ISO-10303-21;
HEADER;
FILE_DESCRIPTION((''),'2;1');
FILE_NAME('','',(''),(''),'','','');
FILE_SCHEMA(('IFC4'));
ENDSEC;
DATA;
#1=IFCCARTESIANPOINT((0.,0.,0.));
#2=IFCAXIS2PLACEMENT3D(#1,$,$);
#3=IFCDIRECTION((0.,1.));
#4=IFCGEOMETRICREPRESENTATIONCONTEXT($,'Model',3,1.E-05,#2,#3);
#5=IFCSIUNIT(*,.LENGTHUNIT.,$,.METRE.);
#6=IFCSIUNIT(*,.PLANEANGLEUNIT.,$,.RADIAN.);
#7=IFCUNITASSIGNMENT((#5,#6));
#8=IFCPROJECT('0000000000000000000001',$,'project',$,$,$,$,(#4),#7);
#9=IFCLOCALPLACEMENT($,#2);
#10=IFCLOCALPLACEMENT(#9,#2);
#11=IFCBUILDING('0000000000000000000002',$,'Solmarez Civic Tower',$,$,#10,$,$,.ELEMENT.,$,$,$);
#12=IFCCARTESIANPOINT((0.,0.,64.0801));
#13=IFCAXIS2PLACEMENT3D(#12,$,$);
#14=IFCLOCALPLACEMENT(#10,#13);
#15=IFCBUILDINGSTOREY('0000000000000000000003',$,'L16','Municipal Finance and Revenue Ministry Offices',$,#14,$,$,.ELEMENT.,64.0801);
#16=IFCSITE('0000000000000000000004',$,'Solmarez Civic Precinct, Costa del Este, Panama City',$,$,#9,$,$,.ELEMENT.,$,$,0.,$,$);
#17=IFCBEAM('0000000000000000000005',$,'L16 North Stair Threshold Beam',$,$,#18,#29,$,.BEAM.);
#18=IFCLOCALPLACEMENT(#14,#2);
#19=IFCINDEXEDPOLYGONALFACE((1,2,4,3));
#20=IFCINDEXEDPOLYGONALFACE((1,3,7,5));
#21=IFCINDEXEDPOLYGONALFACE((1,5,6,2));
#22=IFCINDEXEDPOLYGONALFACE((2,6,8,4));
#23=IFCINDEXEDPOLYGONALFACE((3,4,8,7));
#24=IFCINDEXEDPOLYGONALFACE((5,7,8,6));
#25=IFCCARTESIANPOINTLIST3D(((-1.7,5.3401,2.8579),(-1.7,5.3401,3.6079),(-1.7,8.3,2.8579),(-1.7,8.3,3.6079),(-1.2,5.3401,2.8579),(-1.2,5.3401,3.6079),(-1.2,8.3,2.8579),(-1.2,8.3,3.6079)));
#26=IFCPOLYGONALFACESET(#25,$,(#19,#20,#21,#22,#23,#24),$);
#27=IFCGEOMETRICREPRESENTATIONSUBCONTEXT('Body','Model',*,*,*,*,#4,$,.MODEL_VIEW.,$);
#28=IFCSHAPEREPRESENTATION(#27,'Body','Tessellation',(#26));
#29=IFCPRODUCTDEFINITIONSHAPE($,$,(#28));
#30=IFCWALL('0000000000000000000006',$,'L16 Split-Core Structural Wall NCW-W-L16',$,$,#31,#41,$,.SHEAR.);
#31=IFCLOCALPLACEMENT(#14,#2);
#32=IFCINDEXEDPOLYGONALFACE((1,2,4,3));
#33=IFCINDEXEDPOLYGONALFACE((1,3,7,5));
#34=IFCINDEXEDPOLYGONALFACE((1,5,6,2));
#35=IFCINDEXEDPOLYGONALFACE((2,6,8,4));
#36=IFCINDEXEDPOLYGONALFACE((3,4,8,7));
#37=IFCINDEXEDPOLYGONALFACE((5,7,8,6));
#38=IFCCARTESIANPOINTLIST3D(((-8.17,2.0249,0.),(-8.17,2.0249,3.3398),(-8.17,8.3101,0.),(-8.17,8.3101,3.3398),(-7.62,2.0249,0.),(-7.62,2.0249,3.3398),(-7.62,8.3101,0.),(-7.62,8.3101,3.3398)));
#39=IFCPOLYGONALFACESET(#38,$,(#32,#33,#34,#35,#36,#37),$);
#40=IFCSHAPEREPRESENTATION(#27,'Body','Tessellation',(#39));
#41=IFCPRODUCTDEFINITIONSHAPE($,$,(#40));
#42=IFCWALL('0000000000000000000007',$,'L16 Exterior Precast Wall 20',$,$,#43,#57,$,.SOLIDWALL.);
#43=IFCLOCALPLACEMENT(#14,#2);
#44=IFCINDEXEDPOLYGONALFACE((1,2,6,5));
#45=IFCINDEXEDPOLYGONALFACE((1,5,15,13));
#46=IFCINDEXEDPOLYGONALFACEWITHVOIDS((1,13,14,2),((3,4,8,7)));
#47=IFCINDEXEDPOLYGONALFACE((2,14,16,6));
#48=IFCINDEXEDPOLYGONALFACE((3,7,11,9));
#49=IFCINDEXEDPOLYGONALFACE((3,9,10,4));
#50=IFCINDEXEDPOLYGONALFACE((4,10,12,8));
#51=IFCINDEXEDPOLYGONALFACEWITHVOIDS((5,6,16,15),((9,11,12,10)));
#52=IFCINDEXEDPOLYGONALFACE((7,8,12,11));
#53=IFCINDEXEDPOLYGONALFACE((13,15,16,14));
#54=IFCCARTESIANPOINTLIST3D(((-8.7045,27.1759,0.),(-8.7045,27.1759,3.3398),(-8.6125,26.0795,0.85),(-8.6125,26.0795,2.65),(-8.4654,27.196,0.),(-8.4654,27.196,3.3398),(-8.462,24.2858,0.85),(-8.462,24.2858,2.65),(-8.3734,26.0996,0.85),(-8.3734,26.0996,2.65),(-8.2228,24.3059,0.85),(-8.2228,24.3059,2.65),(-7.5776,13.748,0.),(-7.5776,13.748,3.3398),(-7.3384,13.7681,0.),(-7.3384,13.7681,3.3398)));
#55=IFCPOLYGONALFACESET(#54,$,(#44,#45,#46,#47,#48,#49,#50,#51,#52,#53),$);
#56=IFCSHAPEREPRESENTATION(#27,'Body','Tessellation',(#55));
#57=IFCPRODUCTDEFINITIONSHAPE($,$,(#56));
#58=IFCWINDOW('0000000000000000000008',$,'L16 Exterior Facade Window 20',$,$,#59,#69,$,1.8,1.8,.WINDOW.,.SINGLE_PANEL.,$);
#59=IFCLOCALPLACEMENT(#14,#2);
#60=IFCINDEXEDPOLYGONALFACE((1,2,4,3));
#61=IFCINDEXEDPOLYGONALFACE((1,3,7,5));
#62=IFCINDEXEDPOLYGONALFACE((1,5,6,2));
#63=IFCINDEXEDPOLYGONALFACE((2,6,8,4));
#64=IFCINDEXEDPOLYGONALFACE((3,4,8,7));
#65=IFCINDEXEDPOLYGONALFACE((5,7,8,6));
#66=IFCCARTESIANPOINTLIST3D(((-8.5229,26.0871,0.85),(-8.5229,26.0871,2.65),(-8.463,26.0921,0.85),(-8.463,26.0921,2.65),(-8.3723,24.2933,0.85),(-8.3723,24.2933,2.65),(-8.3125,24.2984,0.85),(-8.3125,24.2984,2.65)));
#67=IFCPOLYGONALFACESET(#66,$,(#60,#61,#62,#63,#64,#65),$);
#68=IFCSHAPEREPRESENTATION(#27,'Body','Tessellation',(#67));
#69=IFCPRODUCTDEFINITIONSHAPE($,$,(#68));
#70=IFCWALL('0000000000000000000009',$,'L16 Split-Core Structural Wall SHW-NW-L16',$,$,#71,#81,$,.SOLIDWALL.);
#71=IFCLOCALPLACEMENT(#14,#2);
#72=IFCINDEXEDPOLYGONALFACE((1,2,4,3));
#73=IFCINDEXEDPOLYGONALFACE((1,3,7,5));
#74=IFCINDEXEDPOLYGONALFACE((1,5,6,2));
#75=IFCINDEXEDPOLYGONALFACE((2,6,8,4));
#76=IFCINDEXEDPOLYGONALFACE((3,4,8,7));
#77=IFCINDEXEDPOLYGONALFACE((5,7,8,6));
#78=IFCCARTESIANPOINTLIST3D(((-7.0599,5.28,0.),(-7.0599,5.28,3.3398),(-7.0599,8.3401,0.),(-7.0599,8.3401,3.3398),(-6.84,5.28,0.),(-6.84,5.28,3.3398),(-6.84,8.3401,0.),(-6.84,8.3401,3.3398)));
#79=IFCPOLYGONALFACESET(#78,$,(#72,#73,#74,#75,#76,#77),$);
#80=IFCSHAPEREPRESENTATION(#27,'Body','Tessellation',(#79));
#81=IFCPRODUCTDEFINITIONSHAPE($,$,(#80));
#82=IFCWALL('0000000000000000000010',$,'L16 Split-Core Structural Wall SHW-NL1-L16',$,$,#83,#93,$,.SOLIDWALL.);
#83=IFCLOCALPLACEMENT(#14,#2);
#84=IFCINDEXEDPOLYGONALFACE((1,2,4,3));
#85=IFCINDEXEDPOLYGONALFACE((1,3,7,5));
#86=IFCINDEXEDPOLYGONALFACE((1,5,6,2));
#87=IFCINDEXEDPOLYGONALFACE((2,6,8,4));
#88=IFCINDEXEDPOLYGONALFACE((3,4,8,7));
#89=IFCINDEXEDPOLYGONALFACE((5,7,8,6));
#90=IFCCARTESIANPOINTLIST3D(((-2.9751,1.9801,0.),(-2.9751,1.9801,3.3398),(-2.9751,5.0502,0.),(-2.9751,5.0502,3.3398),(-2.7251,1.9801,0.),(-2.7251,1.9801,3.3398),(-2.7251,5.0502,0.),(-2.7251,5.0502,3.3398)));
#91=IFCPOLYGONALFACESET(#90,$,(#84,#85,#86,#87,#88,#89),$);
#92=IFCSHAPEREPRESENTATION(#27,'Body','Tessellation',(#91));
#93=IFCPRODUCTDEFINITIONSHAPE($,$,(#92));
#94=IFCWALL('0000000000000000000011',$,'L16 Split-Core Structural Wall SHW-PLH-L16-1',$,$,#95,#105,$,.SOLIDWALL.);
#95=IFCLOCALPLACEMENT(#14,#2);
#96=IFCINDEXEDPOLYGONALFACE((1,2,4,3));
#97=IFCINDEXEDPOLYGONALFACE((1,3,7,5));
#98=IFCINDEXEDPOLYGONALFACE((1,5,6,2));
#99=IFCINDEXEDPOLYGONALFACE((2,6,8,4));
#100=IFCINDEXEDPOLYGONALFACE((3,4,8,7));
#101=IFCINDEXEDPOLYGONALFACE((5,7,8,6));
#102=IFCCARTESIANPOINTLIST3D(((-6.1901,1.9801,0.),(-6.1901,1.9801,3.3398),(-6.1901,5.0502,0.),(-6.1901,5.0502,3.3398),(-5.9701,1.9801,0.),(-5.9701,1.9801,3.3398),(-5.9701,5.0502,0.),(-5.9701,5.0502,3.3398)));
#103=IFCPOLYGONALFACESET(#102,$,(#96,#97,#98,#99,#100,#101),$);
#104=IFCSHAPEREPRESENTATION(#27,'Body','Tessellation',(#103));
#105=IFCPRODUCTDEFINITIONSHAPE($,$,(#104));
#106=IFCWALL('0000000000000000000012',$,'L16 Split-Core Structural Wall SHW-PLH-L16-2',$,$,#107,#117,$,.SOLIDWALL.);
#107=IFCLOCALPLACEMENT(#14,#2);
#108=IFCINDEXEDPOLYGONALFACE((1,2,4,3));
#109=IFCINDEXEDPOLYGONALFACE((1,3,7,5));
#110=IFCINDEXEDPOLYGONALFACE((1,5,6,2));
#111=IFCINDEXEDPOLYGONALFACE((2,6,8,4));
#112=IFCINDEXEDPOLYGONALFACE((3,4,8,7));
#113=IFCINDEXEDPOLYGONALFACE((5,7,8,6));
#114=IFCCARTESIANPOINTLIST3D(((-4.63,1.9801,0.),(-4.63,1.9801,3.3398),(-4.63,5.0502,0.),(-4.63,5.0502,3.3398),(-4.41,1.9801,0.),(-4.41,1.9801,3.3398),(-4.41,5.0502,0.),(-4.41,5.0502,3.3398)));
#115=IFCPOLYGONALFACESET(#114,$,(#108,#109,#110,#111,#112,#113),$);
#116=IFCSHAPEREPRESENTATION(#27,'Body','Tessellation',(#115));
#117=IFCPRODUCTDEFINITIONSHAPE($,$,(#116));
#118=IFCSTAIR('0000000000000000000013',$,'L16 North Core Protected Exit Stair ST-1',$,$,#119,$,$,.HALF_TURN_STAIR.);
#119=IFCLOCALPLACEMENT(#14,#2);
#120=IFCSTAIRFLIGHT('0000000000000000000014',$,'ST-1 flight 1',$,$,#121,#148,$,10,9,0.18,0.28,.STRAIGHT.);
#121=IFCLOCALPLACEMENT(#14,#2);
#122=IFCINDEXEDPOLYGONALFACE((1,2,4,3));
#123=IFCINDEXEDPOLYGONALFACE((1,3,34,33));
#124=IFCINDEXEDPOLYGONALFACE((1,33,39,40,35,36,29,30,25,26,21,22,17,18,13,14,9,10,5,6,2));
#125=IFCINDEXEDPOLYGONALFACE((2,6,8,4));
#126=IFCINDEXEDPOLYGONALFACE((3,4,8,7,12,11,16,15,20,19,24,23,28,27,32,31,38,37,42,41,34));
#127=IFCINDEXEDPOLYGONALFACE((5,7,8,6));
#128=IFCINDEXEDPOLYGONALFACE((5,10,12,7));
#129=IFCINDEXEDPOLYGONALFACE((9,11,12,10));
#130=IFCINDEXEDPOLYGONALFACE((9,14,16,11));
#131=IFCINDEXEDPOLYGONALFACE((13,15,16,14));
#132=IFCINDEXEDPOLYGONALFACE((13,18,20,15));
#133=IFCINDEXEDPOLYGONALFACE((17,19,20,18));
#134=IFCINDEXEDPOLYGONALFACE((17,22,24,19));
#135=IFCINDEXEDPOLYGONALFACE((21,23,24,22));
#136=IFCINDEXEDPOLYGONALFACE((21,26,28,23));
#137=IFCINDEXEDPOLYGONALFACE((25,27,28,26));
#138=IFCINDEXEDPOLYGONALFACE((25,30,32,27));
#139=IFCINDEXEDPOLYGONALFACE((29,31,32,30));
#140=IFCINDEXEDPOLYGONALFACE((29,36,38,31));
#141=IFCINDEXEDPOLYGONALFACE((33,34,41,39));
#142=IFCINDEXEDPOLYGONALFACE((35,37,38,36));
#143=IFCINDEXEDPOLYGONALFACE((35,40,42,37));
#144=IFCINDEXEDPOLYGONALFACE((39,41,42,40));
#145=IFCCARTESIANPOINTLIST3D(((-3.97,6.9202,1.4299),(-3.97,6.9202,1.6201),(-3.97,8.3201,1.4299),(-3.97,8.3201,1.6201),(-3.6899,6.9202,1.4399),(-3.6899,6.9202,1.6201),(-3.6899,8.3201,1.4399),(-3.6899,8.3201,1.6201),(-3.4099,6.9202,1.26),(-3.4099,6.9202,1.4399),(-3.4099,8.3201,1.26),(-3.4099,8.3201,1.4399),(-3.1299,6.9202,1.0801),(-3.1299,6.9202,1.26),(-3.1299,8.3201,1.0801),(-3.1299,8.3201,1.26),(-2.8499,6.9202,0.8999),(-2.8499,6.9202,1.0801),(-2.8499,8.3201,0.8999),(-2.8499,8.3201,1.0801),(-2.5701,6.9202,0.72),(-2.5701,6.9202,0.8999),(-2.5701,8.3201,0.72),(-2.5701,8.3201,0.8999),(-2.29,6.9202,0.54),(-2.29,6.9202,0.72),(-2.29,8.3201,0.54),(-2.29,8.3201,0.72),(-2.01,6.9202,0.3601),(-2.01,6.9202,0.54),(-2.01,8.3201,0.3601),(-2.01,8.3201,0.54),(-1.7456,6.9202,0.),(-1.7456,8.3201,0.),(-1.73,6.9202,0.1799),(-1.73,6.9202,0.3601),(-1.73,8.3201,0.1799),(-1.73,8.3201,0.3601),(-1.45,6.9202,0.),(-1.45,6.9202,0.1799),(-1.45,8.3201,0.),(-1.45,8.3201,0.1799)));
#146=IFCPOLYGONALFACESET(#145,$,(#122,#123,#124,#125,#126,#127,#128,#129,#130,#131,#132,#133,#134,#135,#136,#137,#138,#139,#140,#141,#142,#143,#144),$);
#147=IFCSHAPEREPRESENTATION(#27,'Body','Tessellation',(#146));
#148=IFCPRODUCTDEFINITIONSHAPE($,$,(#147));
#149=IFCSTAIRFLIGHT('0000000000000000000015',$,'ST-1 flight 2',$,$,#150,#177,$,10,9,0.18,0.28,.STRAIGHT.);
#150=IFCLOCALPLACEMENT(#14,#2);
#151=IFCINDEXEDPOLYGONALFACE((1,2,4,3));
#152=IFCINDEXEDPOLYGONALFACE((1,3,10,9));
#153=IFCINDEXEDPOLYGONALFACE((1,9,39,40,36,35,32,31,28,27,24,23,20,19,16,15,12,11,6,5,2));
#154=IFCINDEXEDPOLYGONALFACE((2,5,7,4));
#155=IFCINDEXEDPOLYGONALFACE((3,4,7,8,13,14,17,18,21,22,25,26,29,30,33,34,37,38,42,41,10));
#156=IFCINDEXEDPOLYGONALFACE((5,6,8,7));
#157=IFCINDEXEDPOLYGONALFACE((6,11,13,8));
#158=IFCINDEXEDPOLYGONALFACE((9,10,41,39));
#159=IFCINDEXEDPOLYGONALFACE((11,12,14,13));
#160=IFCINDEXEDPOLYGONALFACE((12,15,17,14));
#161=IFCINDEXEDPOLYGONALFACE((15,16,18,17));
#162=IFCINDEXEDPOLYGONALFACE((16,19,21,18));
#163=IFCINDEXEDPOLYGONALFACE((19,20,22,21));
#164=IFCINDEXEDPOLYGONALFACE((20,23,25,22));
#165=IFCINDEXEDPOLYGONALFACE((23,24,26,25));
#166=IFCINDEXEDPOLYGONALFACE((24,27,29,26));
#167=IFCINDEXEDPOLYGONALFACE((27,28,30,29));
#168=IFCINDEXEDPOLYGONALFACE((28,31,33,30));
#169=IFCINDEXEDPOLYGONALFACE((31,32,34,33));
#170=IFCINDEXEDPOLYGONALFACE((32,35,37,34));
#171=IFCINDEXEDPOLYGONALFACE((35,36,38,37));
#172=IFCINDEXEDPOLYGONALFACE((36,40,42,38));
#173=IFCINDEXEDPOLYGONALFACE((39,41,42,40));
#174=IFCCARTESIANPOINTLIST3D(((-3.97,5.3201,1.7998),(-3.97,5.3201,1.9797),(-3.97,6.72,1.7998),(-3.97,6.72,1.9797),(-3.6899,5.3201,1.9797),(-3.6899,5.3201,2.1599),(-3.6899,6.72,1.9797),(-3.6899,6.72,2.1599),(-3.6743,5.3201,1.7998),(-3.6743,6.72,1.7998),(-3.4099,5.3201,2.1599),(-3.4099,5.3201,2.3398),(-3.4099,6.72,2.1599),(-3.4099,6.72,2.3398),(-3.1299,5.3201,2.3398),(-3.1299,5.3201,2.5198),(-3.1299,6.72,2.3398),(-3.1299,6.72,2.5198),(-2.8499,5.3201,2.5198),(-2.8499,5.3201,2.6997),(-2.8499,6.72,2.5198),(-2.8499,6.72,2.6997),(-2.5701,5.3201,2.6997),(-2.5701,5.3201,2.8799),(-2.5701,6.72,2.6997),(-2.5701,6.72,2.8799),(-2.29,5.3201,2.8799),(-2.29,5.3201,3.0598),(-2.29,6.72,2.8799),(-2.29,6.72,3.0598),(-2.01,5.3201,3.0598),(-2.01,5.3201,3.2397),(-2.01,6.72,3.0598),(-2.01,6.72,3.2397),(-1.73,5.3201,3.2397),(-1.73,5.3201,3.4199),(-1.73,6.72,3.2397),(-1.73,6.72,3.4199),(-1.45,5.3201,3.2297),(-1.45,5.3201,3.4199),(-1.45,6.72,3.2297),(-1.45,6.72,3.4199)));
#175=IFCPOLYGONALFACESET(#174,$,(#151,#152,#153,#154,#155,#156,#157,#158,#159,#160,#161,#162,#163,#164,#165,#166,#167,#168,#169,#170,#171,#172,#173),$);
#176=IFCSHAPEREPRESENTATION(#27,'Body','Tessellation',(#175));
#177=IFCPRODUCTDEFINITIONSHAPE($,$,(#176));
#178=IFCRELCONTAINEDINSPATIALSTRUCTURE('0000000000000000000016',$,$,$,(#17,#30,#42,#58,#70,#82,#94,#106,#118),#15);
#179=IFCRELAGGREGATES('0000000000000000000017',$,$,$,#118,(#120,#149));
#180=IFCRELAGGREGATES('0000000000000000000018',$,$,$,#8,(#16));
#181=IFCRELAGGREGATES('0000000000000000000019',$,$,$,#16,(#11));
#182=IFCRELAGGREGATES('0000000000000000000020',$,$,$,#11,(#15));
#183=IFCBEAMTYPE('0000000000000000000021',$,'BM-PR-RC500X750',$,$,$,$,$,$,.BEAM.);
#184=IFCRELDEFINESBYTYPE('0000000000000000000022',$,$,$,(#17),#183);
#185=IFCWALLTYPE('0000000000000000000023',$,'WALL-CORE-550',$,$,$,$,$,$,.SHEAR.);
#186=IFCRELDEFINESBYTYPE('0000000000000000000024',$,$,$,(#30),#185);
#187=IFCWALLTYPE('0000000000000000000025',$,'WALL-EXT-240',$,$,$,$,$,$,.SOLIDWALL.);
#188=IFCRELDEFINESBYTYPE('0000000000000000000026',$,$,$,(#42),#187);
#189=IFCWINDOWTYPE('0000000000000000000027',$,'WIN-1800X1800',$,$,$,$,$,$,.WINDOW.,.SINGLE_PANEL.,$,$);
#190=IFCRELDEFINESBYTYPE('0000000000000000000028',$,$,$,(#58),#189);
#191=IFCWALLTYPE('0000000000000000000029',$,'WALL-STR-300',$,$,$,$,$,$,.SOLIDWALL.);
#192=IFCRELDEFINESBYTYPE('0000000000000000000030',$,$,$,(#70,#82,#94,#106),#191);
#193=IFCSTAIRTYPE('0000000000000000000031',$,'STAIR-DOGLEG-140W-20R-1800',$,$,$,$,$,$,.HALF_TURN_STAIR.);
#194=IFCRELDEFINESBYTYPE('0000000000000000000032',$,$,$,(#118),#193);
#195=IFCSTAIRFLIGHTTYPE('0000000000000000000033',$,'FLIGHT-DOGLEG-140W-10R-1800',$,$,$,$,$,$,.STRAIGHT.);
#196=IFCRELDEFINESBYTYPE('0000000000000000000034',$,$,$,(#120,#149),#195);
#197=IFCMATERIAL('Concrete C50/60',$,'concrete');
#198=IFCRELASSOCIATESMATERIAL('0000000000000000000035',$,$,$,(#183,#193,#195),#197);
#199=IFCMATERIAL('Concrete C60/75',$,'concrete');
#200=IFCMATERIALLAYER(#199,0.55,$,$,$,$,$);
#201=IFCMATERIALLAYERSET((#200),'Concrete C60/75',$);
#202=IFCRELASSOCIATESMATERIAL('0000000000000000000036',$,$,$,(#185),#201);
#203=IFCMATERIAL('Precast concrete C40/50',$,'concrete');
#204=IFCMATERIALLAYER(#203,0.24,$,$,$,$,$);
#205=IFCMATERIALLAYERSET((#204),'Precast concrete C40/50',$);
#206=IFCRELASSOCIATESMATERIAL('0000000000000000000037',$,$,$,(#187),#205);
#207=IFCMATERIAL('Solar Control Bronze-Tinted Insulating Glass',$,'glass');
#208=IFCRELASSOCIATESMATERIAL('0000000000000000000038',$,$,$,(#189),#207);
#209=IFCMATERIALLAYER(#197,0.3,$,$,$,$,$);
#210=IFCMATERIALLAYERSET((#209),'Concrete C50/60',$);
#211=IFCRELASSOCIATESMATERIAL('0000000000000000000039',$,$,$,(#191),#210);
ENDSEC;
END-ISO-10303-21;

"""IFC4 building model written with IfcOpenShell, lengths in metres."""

from ifc_helpers import new_model, si_unit, direction, frame, frame_2d, origin, origin_2d, place, context, subcontext, project, spatial, polyline, rectangle, outline, extrude, material, layer, layer_set, material_profile, profile_set, type_object, element, fill, aggregate, save


model = new_model("IFC4")

# Units and contexts
model_context = context("Model", 3, precision=1e-05, world=origin(), true_north=direction((0.0, 1.0)))
body_context = subcontext(model_context, "Body", "Model", "MODEL_VIEW")
ifc_project = project(units=[si_unit("LENGTHUNIT", "METRE"), si_unit("PLANEANGLEUNIT", "RADIAN")], contexts=[model_context])

# Site, building, storey
site_placement = place(None, origin())
site = spatial("IfcSite", under=ifc_project, at=site_placement, Name="Solmarez Civic Precinct, Costa del Este, Panama City", CompositionType="ELEMENT", RefElevation=0.0)
building_placement = place(site_placement, origin())
building = spatial("IfcBuilding", under=site, at=building_placement, Name="Solmarez Civic Tower", CompositionType="ELEMENT")
storey_placement = place(building_placement, frame((0.0, 0.0, 64.0801)))
storey = spatial("IfcBuildingStorey", under=building, at=storey_placement, Name="L16", Description="Municipal Finance and Revenue Ministry Offices", CompositionType="ELEMENT", Elevation=64.0801)

# Beam
ifc_material_1 = material(Name="Concrete C50/60", Category="concrete")
ifc_material_profile = material_profile(ifc_material_1, rectangle(XDim=0.5, YDim=0.75, at=origin_2d()), Name="RC500X750")
ifc_profile_set = profile_set([ifc_material_profile], Name="Concrete C50/60")
beam_type = type_object("IfcBeamType", Name="BM-PR-RC500X750", PredefinedType="BEAM", material=ifc_profile_set)
beam_placement = place(storey_placement, frame((-1.45, 5.3401, 3.2329), z_axis=(0.0, 1.0, 0.0), x_axis=(-1.0, 0.0, 0.0)))
element("IfcBeam", 1, at=beam_placement, inside=storey, type_object=beam_type, Name="L16 North Stair Threshold Beam", PredefinedType="BEAM", context=body_context, shape_type="SweptSolid", body=[
    extrude(rectangle(XDim=0.5, YDim=0.75, at=origin_2d()), origin(), (0.0, 0.0, 1.0), 2.96),
])

# Wall
ifc_material_2 = material(Name="Concrete C60/75", Category="concrete")
ifc_layer_1 = layer(ifc_material_2, 0.55)
ifc_layer_set_1 = layer_set([ifc_layer_1], Name="Concrete C60/75")
wall_type_1 = type_object("IfcWallType", Name="WALL-CORE-550", PredefinedType="SHEAR", material=ifc_layer_set_1)
wall_1_placement = place(storey_placement, frame((-7.895, 2.0249, 0.0), z_axis=(0.0, 0.0, 1.0), x_axis=(0.0, 1.0, 0.0)))
element("IfcWall", 2, at=wall_1_placement, inside=storey, type_object=wall_type_1, Name="L16 Split-Core Structural Wall NCW-W-L16", PredefinedType="SHEAR", context=body_context, shape_type="SweptSolid", body=[
    extrude(rectangle(XDim=6.2852, YDim=0.55, at=frame_2d((3.1426, 0.0))), origin(), (0.0, 0.0, 1.0), 3.3398),
])

# Wall, opening, window
ifc_material_3 = material(Name="Precast concrete C40/50", Category="concrete")
ifc_layer_2 = layer(ifc_material_3, 0.24)
ifc_layer_set_2 = layer_set([ifc_layer_2], Name="Precast concrete C40/50")
wall_type_2 = type_object("IfcWallType", Name="WALL-EXT-240", PredefinedType="SOLIDWALL", material=ifc_layer_set_2)
wall_2_placement = place(storey_placement, frame((-7.458, 13.7581, 0.0), z_axis=(0.0, 0.0, 1.0), x_axis=(-0.083632, 0.996497, 0.0)))
wall_2 = element("IfcWall", 3, at=wall_2_placement, inside=storey, type_object=wall_type_2, Name="L16 Exterior Precast Wall 20", PredefinedType="SOLIDWALL", context=body_context, shape_type="SweptSolid", body=[
    extrude(rectangle(XDim=13.4751, YDim=0.24, at=frame_2d((6.7375, 0.0))), origin(), (0.0, 0.0, 1.0), 3.3398),
])
opening_placement = place(wall_2_placement, frame((10.575, 0.0, 0.8501)))
opening = element("IfcOpeningElement", 4, at=opening_placement, cuts=wall_2, PredefinedType="OPENING", context=body_context, shape_type="SweptSolid", body=[
    extrude(rectangle(XDim=1.8, YDim=1.8, at=frame_2d((0.8999, 0.8999))), frame((0.0, 0.1299, 0.0), z_axis=(0.0, -1.0, 0.0), x_axis=(1.0, 0.0, 0.0)), (0.0, 0.0, 1.0), 0.26),
])
ifc_material_4 = material(Name="Solar Control Bronze-Tinted Insulating Glass", Category="glass")
window_type = type_object("IfcWindowType", Name="WIN-1800X1800", PartitioningType="SINGLE_PANEL", PredefinedType="WINDOW", material=ifc_material_4)
window_placement = place(opening_placement, origin())
window = element("IfcWindow", 5, at=window_placement, inside=storey, type_object=window_type, Name="L16 Exterior Facade Window 20", OverallHeight=1.8, OverallWidth=1.8, PartitioningType="SINGLE_PANEL", PredefinedType="WINDOW", context=body_context, shape_type="SweptSolid", body=[
    extrude(rectangle(XDim=1.8, YDim=1.8, at=frame_2d((0.8999, 0.8999))), frame((0.0, 0.03, 0.0), z_axis=(0.0, -1.0, 0.0), x_axis=(1.0, 0.0, 0.0)), (0.0, 0.0, 1.0), 0.0601),
])
fill(opening, window)

# Walls
ifc_layer_3 = layer(ifc_material_1, 0.3)
ifc_layer_set_3 = layer_set([ifc_layer_3], Name="Concrete C50/60")
wall_type_3 = type_object("IfcWallType", Name="WALL-STR-300", PredefinedType="SOLIDWALL", material=ifc_layer_set_3)
wall_3_placement = place(storey_placement, frame((-6.95, 5.28, 0.0), z_axis=(0.0, 0.0, 1.0), x_axis=(0.0, 1.0, 0.0)))
element("IfcWall", 6, at=wall_3_placement, inside=storey, type_object=wall_type_3, Name="L16 Split-Core Structural Wall SHW-NW-L16", PredefinedType="SOLIDWALL", context=body_context, shape_type="SweptSolid", body=[
    extrude(rectangle(XDim=3.0601, YDim=0.22, at=frame_2d((1.53, 0.0))), origin(), (0.0, 0.0, 1.0), 3.3398),
])
wall_4_placement = place(storey_placement, frame((-2.8501, 1.98, 0.0), z_axis=(0.0, 0.0, 1.0), x_axis=(0.0, 1.0, 0.0)))
element("IfcWall", 7, at=wall_4_placement, inside=storey, type_object=wall_type_3, Name="L16 Split-Core Structural Wall SHW-NL1-L16", PredefinedType="SOLIDWALL", context=body_context, shape_type="SweptSolid", body=[
    extrude(rectangle(XDim=3.0701, YDim=0.25, at=frame_2d((1.5352, 0.0))), origin(), (0.0, 0.0, 1.0), 3.3398),
])
for number, where, z_axis, x_axis, name in (
    (8, (-6.0801, 1.98, 0.0), (0.0, 0.0, 1.0), (0.0, 1.0, 0.0), "L16 Split-Core Structural Wall SHW-PLH-L16-1"),
    (9, (-4.52, 1.98, 0.0), (0.0, 0.0, 1.0), (0.0, 1.0, 0.0), "L16 Split-Core Structural Wall SHW-PLH-L16-2"),
):
    element("IfcWall", number, at=place(storey_placement, frame(where, z_axis=z_axis, x_axis=x_axis)), inside=storey, type_object=wall_type_3, Name=name, PredefinedType="SOLIDWALL", context=body_context, shape_type="SweptSolid", body=[
        extrude(rectangle(XDim=3.0701, YDim=0.22, at=frame_2d((1.5352, 0.0))), origin(), (0.0, 0.0, 1.0), 3.3398),
    ])

# Stair, stair flights
stair_type = type_object("IfcStairType", Name="STAIR-DOGLEG-140W-20R-1800", PredefinedType="HALF_TURN_STAIR", material=ifc_material_1)
stair_placement = place(storey_placement, origin())
stair = element("IfcStair", 10, at=stair_placement, inside=storey, type_object=stair_type, Name="L16 North Core Protected Exit Stair ST-1", PredefinedType="HALF_TURN_STAIR")
stair_flight_type = type_object("IfcStairFlightType", Name="FLIGHT-DOGLEG-140W-10R-1800", PredefinedType="STRAIGHT", material=ifc_material_1)
stair_flight_1_placement = place(storey_placement, frame((-1.45, 7.6201, 0.0), z_axis=(0.0, 0.0, 1.0), x_axis=(-1.0, 0.0, 0.0)))
stair_flight_1 = element("IfcStairFlight", 11, at=stair_flight_1_placement, type_object=stair_flight_type, Name="ST-1 flight 1", NumberOfRisers=10, NumberOfTreads=9, PredefinedType="STRAIGHT", RiserHeight=0.18, TreadLength=0.28, context=body_context, shape_type="SweptSolid", body=[
    extrude(outline(polyline([(0.0, 0.0), (0.0, 0.1799), (0.28, 0.1799), (0.28, 0.3601), (0.5601, 0.3601), (0.5601, 0.54), (0.8401, 0.54), (0.8401, 0.72), (1.1201, 0.72), (1.1201, 0.8999), (1.3999, 0.8999), (1.3999, 1.0801), (1.6799, 1.0801), (1.6799, 1.26), (1.96, 1.26), (1.96, 1.4399), (2.24, 1.4399), (2.24, 1.6201), (2.52, 1.6201), (2.52, 1.8), (2.52, 1.4299), (0.2957, 0.0), (0.0, 0.0)])), frame((0.0, 0.7, 0.0), z_axis=(0.0, -1.0, 0.0), x_axis=(1.0, 0.0, 0.0)), (0.0, 0.0, 1.0), 1.3999),
])
stair_flight_2_placement = place(storey_placement, frame((-3.97, 6.02, 1.7998), z_axis=(0.0, 0.0, 1.0), x_axis=(1.0, 0.0, 0.0)))
stair_flight_2 = element("IfcStairFlight", 12, at=stair_flight_2_placement, type_object=stair_flight_type, Name="ST-1 flight 2", NumberOfRisers=10, NumberOfTreads=9, PredefinedType="STRAIGHT", RiserHeight=0.18, TreadLength=0.28, context=body_context, shape_type="SweptSolid", body=[
    extrude(outline(polyline([(0.0, 0.0), (0.0, 0.1799), (0.28, 0.1799), (0.28, 0.3601), (0.5601, 0.3601), (0.5601, 0.54), (0.8401, 0.54), (0.8401, 0.72), (1.1201, 0.72), (1.1201, 0.8999), (1.3999, 0.8999), (1.3999, 1.0801), (1.6799, 1.0801), (1.6799, 1.26), (1.96, 1.26), (1.96, 1.4399), (2.24, 1.4399), (2.24, 1.6201), (2.52, 1.6201), (2.52, 1.8), (2.52, 1.4299), (0.2957, 0.0), (0.0, 0.0)])), frame((0.0, 0.7, 0.0), z_axis=(0.0, -1.0, 0.0), x_axis=(1.0, 0.0, 0.0)), (0.0, 0.0, 1.0), 1.3999),
])
aggregate(stair, [stair_flight_1, stair_flight_2])

save(model, "model.ifc")
